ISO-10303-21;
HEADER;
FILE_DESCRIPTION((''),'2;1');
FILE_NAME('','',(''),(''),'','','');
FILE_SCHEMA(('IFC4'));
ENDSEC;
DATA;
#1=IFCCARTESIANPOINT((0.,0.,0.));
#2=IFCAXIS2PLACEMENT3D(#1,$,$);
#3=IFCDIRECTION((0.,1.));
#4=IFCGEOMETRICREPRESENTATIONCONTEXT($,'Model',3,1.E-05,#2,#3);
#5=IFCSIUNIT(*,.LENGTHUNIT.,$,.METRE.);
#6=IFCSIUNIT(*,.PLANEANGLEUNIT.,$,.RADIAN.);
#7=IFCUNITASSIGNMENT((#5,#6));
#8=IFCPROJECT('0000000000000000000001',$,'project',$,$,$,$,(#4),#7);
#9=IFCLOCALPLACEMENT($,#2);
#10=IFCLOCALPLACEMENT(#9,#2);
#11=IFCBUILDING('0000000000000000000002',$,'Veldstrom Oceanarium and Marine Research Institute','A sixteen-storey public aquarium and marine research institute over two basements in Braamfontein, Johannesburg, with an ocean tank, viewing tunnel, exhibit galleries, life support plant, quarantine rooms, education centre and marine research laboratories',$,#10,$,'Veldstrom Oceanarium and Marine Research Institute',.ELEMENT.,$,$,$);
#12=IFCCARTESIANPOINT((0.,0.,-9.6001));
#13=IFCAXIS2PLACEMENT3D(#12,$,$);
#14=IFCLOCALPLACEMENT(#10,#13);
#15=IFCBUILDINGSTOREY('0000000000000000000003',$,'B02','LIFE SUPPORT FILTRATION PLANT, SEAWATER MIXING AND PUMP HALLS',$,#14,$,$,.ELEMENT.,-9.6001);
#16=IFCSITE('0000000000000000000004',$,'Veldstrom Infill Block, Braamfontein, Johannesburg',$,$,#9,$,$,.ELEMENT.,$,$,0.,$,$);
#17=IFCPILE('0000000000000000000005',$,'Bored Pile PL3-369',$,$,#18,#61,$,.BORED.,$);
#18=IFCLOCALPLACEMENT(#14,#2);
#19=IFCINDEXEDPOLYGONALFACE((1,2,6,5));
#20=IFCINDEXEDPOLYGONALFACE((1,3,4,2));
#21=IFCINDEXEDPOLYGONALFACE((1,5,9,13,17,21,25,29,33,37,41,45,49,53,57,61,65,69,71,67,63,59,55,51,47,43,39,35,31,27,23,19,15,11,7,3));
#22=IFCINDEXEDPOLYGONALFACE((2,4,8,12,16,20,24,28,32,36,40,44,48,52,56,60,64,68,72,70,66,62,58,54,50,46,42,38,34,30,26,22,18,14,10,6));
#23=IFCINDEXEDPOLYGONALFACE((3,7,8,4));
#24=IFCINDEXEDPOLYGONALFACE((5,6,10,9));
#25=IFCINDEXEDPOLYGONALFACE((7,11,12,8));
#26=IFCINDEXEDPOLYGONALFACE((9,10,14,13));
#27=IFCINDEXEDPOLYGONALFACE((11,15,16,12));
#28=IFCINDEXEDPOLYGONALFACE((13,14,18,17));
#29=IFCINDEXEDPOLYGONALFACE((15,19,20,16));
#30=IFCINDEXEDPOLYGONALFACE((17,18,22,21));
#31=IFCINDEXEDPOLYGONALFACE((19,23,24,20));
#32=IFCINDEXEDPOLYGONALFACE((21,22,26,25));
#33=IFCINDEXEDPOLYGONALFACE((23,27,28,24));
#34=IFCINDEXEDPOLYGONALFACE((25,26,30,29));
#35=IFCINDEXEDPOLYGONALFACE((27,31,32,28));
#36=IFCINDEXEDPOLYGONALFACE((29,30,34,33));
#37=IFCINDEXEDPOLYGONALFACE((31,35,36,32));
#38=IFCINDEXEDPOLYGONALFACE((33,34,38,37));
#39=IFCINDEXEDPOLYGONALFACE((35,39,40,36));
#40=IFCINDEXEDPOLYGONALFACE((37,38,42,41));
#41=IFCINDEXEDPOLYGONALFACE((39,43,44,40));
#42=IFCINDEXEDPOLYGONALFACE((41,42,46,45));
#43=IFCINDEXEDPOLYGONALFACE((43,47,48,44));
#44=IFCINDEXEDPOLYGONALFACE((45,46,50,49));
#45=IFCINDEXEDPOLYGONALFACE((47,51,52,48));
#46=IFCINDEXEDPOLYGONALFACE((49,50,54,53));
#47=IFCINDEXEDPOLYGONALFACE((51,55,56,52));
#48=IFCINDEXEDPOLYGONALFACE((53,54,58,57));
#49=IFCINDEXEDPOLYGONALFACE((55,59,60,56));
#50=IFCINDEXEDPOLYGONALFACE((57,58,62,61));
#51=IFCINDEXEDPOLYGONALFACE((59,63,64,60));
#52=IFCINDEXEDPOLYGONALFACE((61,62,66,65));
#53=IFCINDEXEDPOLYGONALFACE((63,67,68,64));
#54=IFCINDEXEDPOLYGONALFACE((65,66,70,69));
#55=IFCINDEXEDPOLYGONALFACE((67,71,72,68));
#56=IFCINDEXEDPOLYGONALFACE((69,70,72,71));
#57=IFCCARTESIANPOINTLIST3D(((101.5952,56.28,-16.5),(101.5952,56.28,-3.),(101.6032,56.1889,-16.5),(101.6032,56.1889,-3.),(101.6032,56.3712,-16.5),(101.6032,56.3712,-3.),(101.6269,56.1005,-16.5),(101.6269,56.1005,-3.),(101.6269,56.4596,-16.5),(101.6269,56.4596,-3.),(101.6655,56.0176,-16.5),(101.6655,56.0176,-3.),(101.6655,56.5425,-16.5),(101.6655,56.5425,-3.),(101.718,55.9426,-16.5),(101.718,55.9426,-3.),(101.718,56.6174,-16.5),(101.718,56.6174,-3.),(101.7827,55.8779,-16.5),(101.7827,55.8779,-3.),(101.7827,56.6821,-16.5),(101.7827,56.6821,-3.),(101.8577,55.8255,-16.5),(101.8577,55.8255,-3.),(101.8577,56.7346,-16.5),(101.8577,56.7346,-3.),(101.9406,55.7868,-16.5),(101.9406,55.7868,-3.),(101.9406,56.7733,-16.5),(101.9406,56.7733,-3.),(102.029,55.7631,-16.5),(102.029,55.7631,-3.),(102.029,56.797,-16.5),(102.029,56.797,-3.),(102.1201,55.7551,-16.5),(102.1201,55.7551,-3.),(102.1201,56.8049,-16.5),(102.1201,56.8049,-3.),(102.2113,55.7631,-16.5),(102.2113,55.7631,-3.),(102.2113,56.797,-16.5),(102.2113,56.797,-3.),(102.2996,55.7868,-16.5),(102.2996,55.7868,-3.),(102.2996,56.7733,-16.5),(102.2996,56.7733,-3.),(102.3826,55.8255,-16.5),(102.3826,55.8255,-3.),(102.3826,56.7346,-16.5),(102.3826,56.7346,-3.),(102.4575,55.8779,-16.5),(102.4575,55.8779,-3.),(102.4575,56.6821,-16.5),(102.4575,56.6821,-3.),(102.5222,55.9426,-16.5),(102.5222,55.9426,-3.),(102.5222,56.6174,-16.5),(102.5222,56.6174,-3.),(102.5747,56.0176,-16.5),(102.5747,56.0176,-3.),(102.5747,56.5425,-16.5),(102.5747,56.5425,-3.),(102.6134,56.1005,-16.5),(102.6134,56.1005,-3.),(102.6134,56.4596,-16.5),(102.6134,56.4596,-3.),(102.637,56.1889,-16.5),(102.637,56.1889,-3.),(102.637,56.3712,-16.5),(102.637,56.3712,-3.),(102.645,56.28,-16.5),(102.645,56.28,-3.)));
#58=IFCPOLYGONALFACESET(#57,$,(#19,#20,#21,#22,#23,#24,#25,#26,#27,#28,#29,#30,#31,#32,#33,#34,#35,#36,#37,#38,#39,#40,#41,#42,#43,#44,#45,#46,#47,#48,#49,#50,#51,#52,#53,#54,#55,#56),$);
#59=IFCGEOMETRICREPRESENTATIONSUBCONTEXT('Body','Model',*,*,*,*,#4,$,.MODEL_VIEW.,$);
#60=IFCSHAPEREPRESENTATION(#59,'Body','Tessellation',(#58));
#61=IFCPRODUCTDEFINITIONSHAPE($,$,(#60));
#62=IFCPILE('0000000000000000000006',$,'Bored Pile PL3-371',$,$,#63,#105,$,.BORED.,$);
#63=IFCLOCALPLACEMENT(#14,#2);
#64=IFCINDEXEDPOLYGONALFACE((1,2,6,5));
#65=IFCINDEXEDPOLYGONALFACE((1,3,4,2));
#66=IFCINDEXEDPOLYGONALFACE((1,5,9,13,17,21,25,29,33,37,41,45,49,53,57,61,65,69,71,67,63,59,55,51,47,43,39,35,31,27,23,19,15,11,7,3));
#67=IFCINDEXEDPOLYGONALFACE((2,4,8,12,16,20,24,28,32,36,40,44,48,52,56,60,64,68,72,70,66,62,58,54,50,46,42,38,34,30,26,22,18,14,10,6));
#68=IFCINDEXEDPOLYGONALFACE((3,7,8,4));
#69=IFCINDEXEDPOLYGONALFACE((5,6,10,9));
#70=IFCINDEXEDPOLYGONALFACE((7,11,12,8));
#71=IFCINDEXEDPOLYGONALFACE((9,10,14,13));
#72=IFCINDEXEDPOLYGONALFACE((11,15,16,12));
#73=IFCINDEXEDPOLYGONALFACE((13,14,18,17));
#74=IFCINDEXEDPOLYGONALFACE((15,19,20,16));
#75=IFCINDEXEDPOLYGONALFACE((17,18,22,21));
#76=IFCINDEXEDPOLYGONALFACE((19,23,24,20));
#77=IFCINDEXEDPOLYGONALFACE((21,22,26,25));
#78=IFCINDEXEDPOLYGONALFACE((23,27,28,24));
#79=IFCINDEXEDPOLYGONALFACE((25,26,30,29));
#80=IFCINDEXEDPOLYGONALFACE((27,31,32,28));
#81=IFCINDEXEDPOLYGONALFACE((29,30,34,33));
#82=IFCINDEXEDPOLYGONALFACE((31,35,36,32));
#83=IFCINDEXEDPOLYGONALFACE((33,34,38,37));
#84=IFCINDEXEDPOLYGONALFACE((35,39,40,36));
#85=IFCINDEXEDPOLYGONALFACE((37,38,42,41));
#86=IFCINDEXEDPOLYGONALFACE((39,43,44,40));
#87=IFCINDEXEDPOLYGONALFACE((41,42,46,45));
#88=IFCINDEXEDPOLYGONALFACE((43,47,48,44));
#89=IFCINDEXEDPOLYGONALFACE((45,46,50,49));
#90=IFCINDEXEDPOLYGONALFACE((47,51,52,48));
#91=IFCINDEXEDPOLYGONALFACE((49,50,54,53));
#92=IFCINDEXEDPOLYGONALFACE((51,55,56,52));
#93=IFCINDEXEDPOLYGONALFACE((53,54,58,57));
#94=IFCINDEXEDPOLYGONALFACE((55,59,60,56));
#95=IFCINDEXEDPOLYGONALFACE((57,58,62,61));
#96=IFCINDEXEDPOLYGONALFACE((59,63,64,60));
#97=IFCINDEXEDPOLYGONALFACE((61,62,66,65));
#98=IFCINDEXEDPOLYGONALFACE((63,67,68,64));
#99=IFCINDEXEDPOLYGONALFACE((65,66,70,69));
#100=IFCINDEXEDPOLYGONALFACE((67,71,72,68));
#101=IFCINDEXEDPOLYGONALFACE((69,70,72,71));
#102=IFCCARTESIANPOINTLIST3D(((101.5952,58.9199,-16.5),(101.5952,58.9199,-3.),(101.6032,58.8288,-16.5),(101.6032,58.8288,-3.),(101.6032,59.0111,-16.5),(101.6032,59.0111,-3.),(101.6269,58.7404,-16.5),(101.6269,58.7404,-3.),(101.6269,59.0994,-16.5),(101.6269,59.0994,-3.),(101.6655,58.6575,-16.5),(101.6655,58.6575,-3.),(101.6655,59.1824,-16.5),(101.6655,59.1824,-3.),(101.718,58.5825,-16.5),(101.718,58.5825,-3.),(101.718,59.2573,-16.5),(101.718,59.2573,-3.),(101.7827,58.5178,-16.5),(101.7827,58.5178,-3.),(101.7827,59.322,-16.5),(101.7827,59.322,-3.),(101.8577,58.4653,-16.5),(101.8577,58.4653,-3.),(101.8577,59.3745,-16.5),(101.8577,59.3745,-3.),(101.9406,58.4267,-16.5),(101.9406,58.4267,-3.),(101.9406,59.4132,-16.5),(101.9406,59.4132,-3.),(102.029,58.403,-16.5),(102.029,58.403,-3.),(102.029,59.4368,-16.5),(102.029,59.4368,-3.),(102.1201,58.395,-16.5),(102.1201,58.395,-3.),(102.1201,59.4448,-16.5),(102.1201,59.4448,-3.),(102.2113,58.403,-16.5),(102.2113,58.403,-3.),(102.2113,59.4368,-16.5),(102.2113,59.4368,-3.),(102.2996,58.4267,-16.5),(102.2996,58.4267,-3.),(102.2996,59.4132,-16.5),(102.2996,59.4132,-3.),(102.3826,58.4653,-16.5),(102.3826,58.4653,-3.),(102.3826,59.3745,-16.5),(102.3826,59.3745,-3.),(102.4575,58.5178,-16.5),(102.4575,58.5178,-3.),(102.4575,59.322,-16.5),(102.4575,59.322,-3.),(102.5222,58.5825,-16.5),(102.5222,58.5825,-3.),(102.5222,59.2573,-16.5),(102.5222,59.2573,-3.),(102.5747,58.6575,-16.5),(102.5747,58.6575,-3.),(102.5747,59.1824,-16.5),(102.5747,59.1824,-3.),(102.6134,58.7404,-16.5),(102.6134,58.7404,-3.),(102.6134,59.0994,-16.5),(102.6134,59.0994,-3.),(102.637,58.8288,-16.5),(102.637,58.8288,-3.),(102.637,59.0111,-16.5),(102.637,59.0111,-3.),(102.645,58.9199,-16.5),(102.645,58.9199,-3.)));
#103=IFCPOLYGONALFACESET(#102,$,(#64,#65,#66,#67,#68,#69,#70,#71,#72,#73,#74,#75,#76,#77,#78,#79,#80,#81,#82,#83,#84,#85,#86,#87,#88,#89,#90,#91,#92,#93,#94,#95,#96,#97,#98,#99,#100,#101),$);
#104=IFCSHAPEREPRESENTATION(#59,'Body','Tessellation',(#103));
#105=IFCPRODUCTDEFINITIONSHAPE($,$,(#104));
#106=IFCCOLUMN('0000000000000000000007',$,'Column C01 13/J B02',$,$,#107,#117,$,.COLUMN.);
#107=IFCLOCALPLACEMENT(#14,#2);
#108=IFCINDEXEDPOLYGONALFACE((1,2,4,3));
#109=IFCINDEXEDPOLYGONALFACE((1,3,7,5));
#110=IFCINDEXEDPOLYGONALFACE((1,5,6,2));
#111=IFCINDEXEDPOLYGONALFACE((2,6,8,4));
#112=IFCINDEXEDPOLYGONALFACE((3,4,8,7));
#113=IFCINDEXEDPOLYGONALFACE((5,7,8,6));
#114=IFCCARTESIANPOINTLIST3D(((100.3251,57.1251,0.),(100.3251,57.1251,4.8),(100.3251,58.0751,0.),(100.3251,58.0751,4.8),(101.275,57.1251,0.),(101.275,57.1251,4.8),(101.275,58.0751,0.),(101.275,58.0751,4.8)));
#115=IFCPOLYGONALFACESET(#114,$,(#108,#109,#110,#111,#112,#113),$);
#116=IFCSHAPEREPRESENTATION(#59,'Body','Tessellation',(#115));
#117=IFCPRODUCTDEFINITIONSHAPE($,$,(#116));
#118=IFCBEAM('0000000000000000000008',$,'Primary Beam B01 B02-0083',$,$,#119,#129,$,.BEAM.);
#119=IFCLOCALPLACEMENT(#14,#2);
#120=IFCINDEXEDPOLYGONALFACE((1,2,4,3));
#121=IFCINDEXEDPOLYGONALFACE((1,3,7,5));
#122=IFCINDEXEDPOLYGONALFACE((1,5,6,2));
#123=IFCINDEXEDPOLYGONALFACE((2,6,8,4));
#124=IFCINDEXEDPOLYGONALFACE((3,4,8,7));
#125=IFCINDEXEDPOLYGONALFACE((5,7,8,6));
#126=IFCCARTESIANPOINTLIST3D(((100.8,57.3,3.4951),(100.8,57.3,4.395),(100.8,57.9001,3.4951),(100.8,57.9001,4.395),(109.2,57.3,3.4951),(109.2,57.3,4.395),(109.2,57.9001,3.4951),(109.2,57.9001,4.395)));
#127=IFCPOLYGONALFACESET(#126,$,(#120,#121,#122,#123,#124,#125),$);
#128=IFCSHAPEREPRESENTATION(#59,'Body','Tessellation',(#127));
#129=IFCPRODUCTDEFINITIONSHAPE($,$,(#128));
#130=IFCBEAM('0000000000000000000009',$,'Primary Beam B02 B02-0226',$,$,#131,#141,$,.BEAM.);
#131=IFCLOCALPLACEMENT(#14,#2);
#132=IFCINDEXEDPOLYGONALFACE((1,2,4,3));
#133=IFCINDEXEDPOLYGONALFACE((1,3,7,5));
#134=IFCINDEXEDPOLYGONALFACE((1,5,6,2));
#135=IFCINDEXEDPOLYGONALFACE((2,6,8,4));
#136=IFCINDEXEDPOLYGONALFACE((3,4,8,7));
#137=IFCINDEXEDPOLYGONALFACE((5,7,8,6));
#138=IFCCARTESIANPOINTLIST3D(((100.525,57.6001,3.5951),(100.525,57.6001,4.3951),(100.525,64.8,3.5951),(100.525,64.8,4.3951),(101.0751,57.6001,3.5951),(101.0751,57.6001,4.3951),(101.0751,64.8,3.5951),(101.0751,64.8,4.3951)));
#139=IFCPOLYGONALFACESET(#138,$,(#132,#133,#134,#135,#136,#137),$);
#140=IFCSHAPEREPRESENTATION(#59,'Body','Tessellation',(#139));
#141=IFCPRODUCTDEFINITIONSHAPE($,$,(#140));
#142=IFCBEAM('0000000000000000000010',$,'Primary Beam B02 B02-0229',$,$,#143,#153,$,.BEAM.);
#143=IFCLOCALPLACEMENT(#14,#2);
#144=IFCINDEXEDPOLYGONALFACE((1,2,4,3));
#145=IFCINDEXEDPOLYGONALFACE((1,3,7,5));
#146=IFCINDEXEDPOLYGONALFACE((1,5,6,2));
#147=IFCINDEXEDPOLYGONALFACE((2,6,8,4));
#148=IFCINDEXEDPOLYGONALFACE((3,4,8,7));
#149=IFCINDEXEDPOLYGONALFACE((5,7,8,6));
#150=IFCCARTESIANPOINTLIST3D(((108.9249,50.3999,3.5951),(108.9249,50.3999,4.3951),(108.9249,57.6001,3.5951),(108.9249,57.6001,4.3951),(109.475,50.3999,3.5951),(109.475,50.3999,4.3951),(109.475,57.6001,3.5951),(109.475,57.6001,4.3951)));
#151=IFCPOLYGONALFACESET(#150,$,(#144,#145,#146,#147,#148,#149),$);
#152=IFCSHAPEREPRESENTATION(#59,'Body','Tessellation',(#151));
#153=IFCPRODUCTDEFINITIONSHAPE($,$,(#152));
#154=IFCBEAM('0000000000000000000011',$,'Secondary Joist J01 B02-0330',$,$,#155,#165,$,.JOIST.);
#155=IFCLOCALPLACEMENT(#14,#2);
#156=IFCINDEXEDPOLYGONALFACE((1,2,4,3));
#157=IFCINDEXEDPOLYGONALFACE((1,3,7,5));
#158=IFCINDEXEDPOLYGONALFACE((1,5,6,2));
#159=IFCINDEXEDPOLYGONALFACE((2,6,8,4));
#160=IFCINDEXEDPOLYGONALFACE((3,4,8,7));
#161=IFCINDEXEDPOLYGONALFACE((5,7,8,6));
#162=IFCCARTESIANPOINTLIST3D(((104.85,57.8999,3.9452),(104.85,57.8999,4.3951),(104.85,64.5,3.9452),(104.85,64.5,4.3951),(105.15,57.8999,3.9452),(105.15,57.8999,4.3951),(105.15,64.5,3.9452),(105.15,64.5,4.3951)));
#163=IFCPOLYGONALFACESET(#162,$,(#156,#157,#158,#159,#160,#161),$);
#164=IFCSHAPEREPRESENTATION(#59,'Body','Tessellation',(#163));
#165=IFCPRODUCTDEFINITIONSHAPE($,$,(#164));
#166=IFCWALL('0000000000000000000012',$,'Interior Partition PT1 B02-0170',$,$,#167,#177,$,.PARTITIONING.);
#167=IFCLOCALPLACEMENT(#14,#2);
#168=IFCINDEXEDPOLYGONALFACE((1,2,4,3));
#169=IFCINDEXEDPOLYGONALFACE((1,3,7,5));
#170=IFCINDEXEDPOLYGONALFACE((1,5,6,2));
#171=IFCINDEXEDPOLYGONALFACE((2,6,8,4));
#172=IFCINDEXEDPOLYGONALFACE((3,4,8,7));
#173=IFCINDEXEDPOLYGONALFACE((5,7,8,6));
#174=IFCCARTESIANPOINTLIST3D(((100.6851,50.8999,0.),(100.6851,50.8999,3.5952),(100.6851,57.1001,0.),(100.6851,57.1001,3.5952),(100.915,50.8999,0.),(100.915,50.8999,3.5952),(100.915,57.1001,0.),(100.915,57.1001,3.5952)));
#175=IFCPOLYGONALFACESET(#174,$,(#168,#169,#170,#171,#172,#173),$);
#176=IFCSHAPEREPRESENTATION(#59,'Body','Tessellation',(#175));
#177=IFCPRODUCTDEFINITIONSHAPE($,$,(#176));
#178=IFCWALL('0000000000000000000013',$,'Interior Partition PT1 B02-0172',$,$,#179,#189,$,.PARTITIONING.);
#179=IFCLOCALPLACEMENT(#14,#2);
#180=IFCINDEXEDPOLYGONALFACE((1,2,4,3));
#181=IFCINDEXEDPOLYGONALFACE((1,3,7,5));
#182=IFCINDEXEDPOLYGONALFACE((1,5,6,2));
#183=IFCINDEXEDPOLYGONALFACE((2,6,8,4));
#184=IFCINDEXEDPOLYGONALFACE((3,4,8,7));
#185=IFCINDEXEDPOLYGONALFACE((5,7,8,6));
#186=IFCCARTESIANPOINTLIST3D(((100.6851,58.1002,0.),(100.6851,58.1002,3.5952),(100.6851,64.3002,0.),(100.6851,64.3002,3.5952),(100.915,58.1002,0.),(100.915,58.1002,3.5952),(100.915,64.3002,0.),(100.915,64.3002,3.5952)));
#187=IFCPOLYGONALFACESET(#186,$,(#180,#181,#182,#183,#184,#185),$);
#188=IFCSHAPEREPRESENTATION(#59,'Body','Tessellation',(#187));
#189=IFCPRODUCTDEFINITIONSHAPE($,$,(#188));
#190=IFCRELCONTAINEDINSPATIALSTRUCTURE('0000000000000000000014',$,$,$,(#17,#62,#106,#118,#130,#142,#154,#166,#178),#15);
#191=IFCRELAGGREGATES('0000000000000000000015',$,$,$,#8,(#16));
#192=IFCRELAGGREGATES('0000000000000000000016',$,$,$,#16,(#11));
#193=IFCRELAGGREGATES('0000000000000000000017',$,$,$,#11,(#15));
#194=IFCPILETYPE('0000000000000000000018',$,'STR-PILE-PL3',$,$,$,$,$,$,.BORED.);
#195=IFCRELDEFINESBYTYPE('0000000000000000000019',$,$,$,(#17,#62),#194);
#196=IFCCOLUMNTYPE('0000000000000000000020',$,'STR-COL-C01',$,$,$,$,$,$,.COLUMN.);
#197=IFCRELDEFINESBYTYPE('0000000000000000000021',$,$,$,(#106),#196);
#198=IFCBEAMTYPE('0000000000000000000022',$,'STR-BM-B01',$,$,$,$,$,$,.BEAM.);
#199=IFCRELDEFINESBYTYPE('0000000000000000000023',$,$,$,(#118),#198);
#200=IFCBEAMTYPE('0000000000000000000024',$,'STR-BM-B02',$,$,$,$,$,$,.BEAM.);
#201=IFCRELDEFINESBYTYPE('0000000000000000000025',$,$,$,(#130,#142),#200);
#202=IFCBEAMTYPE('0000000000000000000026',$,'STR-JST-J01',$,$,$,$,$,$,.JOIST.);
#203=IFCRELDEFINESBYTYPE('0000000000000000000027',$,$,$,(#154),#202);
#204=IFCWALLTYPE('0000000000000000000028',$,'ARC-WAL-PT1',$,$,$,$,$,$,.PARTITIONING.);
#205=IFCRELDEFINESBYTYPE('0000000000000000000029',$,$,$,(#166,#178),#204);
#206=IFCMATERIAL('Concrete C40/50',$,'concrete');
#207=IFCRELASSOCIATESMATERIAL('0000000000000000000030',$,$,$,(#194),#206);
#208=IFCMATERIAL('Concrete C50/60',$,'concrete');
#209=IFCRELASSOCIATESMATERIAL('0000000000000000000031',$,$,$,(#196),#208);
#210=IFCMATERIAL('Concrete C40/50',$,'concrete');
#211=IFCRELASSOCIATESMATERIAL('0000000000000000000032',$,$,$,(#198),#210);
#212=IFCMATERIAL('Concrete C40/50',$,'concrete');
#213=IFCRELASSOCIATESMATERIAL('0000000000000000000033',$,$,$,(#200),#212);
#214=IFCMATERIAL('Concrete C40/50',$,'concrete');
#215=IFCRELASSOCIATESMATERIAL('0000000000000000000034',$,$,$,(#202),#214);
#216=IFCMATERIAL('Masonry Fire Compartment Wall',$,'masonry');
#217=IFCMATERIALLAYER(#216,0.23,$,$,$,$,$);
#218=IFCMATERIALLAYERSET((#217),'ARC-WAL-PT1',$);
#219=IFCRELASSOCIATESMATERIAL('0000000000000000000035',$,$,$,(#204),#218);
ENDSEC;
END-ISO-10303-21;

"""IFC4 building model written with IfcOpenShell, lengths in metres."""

from ifc_helpers import new_model, si_unit, direction, frame, frame_2d, origin, origin_2d, place, context, subcontext, project, spatial, rectangle, circle, extrude, material, layer, layer_set, material_profile, profile_set, type_object, element, save


model = new_model("IFC4")

# Units and contexts
model_context = context("Model", 3, precision=1e-05, world=origin(), true_north=direction((0.0, 1.0)))
body_context = subcontext(model_context, "Body", "Model", "MODEL_VIEW")
ifc_project = project(units=[si_unit("LENGTHUNIT", "METRE"), si_unit("PLANEANGLEUNIT", "RADIAN")], contexts=[model_context])

# Site, building, storey
site_placement = place(None, origin())
site = spatial("IfcSite", under=ifc_project, at=site_placement, Name="Veldstrom Infill Block, Braamfontein, Johannesburg", CompositionType="ELEMENT", RefElevation=0.0)
building_placement = place(site_placement, origin())
building = spatial("IfcBuilding", under=site, at=building_placement, Name="Veldstrom Oceanarium and Marine Research Institute", Description="A sixteen-storey public aquarium and marine research institute over two basements in Braamfontein, Johannesburg, with an ocean tank, viewing tunnel, exhibit galleries, life support plant, quarantine rooms, education centre and marine research laboratories", LongName="Veldstrom Oceanarium and Marine Research Institute", CompositionType="ELEMENT")
storey_placement = place(building_placement, frame((0.0, 0.0, -9.6001)))
storey = spatial("IfcBuildingStorey", under=building, at=storey_placement, Name="B02", Description="LIFE SUPPORT FILTRATION PLANT, SEAWATER MIXING AND PUMP HALLS", CompositionType="ELEMENT", Elevation=-9.6001)

# Piles
ifc_material_1 = material(Name="Concrete C40/50", Category="concrete")
ifc_material_profile_1 = material_profile(ifc_material_1, circle(Radius=0.5249, at=origin_2d()), Name="PILE-D1050")
ifc_profile_set_1 = profile_set([ifc_material_profile_1], Name="Concrete C40/50")
pile_type_1 = type_object("IfcPileType", Name="STR-PILE-PL3", PredefinedType="BORED", material=ifc_profile_set_1)
for number, where, z_axis, x_axis, name in (
    (1, (102.1201, 56.28, -3.0), (0.0, 0.0, -1.0), (1.0, 0.0, 0.0), "Bored Pile PL3-369"),
    (2, (102.1201, 58.9199, -3.0), (0.0, 0.0, -1.0), (1.0, 0.0, 0.0), "Bored Pile PL3-371"),
):
    element("IfcPile", number, at=place(storey_placement, frame(where, z_axis=z_axis, x_axis=x_axis)), inside=storey, type_object=pile_type_1, Name=name, PredefinedType="BORED", context=body_context, shape_type="SweptSolid", body=[
        extrude(circle(Radius=0.5249, at=origin_2d()), origin(), (0.0, 0.0, 1.0), 13.5),
    ])

# Column
ifc_material_2 = material(Name="Concrete C50/60", Category="concrete")
ifc_material_profile_2 = material_profile(ifc_material_2, rectangle(XDim=0.95, YDim=0.95, at=origin_2d()), Name="RC-COL-950x950")
ifc_profile_set_2 = profile_set([ifc_material_profile_2], Name="Concrete C50/60")
column_type = type_object("IfcColumnType", Name="STR-COL-C01", PredefinedType="COLUMN", material=ifc_profile_set_2)
column_placement = place(storey_placement, frame((100.8, 57.6001, 0.0), z_axis=(0.0, 0.0, 1.0), x_axis=(1.0, 0.0, 0.0)))
element("IfcColumn", 3, at=column_placement, inside=storey, type_object=column_type, Name="Column C01 13/J B02", PredefinedType="COLUMN", context=body_context, shape_type="SweptSolid", body=[
    extrude(rectangle(XDim=0.95, YDim=0.95, at=origin_2d()), origin(), (0.0, 0.0, 1.0), 4.8),
])

# Beams
ifc_material_3 = material(Name="Concrete C40/50", Category="concrete")
ifc_material_profile_3 = material_profile(ifc_material_3, rectangle(XDim=0.6001, YDim=0.8999, at=origin_2d()), Name="RC-BM-600x900")
ifc_profile_set_3 = profile_set([ifc_material_profile_3], Name="Concrete C40/50")
beam_type_1 = type_object("IfcBeamType", Name="STR-BM-B01", PredefinedType="BEAM", material=ifc_profile_set_3)
beam_1_placement = place(storey_placement, frame((100.8, 57.6001, 3.9451), z_axis=(1.0, 0.0, 0.0), x_axis=(0.0, 1.0, 0.0)))
element("IfcBeam", 4, at=beam_1_placement, inside=storey, type_object=beam_type_1, Name="Primary Beam B01 B02-0083", PredefinedType="BEAM", context=body_context, shape_type="SweptSolid", body=[
    extrude(rectangle(XDim=0.6001, YDim=0.8999, at=origin_2d()), origin(), (0.0, 0.0, 1.0), 8.3999),
])
ifc_material_4 = material(Name="Concrete C40/50", Category="concrete")
ifc_material_profile_4 = material_profile(ifc_material_4, rectangle(XDim=0.55, YDim=0.8, at=origin_2d()), Name="RC-BM-550x800")
ifc_profile_set_4 = profile_set([ifc_material_profile_4], Name="Concrete C40/50")
beam_type_2 = type_object("IfcBeamType", Name="STR-BM-B02", PredefinedType="BEAM", material=ifc_profile_set_4)
beam_2_placement = place(storey_placement, frame((100.8, 57.6001, 3.9951), z_axis=(0.0, 1.0, 0.0), x_axis=(-1.0, 0.0, 0.0)))
element("IfcBeam", 5, at=beam_2_placement, inside=storey, type_object=beam_type_2, Name="Primary Beam B02 B02-0226", PredefinedType="BEAM", context=body_context, shape_type="SweptSolid", body=[
    extrude(rectangle(XDim=0.55, YDim=0.8, at=origin_2d()), origin(), (0.0, 0.0, 1.0), 7.2),
])
beam_3_placement = place(storey_placement, frame((109.2, 50.3999, 3.9951), z_axis=(0.0, 1.0, 0.0), x_axis=(-1.0, 0.0, 0.0)))
element("IfcBeam", 6, at=beam_3_placement, inside=storey, type_object=beam_type_2, Name="Primary Beam B02 B02-0229", PredefinedType="BEAM", context=body_context, shape_type="SweptSolid", body=[
    extrude(rectangle(XDim=0.55, YDim=0.8, at=origin_2d()), origin(), (0.0, 0.0, 1.0), 7.2002),
])
ifc_material_5 = material(Name="Concrete C40/50", Category="concrete")
ifc_material_profile_5 = material_profile(ifc_material_5, rectangle(XDim=0.3, YDim=0.45, at=origin_2d()), Name="RC-JST-300x450")
ifc_profile_set_5 = profile_set([ifc_material_profile_5], Name="Concrete C40/50")
beam_type_3 = type_object("IfcBeamType", Name="STR-JST-J01", PredefinedType="JOIST", material=ifc_profile_set_5)
beam_4_placement = place(storey_placement, frame((105.0, 57.8999, 4.1702), z_axis=(0.0, 1.0, 0.0), x_axis=(-1.0, 0.0, 0.0)))
element("IfcBeam", 7, at=beam_4_placement, inside=storey, type_object=beam_type_3, Name="Secondary Joist J01 B02-0330", PredefinedType="JOIST", context=body_context, shape_type="SweptSolid", body=[
    extrude(rectangle(XDim=0.3, YDim=0.45, at=origin_2d()), origin(), (0.0, 0.0, 1.0), 6.6001),
])

# Walls
ifc_material_6 = material(Name="Masonry Fire Compartment Wall", Category="masonry")
ifc_layer = layer(ifc_material_6, 0.23)
ifc_layer_set = layer_set([ifc_layer], Name="ARC-WAL-PT1")
wall_type = type_object("IfcWallType", Name="ARC-WAL-PT1", PredefinedType="PARTITIONING", material=ifc_layer_set)
wall_1_placement = place(storey_placement, frame((100.8, 50.8999, 0.0), z_axis=(0.0, 0.0, 1.0), x_axis=(0.0, 1.0, 0.0)))
element("IfcWall", 8, at=wall_1_placement, inside=storey, type_object=wall_type, Name="Interior Partition PT1 B02-0170", PredefinedType="PARTITIONING", context=body_context, shape_type="SweptSolid", body=[
    extrude(rectangle(XDim=6.2002, YDim=0.23, at=frame_2d((3.1001, 0.0))), origin(), (0.0, 0.0, 1.0), 3.5952),
])
wall_2_placement = place(storey_placement, frame((100.8, 58.1001, 0.0), z_axis=(0.0, 0.0, 1.0), x_axis=(0.0, 1.0, 0.0)))
element("IfcWall", 9, at=wall_2_placement, inside=storey, type_object=wall_type, Name="Interior Partition PT1 B02-0172", PredefinedType="PARTITIONING", context=body_context, shape_type="SweptSolid", body=[
    extrude(rectangle(XDim=6.2, YDim=0.23, at=frame_2d((3.1001, 0.0))), origin(), (0.0, 0.0, 1.0), 3.5952),
])

save(model, "model.ifc")
